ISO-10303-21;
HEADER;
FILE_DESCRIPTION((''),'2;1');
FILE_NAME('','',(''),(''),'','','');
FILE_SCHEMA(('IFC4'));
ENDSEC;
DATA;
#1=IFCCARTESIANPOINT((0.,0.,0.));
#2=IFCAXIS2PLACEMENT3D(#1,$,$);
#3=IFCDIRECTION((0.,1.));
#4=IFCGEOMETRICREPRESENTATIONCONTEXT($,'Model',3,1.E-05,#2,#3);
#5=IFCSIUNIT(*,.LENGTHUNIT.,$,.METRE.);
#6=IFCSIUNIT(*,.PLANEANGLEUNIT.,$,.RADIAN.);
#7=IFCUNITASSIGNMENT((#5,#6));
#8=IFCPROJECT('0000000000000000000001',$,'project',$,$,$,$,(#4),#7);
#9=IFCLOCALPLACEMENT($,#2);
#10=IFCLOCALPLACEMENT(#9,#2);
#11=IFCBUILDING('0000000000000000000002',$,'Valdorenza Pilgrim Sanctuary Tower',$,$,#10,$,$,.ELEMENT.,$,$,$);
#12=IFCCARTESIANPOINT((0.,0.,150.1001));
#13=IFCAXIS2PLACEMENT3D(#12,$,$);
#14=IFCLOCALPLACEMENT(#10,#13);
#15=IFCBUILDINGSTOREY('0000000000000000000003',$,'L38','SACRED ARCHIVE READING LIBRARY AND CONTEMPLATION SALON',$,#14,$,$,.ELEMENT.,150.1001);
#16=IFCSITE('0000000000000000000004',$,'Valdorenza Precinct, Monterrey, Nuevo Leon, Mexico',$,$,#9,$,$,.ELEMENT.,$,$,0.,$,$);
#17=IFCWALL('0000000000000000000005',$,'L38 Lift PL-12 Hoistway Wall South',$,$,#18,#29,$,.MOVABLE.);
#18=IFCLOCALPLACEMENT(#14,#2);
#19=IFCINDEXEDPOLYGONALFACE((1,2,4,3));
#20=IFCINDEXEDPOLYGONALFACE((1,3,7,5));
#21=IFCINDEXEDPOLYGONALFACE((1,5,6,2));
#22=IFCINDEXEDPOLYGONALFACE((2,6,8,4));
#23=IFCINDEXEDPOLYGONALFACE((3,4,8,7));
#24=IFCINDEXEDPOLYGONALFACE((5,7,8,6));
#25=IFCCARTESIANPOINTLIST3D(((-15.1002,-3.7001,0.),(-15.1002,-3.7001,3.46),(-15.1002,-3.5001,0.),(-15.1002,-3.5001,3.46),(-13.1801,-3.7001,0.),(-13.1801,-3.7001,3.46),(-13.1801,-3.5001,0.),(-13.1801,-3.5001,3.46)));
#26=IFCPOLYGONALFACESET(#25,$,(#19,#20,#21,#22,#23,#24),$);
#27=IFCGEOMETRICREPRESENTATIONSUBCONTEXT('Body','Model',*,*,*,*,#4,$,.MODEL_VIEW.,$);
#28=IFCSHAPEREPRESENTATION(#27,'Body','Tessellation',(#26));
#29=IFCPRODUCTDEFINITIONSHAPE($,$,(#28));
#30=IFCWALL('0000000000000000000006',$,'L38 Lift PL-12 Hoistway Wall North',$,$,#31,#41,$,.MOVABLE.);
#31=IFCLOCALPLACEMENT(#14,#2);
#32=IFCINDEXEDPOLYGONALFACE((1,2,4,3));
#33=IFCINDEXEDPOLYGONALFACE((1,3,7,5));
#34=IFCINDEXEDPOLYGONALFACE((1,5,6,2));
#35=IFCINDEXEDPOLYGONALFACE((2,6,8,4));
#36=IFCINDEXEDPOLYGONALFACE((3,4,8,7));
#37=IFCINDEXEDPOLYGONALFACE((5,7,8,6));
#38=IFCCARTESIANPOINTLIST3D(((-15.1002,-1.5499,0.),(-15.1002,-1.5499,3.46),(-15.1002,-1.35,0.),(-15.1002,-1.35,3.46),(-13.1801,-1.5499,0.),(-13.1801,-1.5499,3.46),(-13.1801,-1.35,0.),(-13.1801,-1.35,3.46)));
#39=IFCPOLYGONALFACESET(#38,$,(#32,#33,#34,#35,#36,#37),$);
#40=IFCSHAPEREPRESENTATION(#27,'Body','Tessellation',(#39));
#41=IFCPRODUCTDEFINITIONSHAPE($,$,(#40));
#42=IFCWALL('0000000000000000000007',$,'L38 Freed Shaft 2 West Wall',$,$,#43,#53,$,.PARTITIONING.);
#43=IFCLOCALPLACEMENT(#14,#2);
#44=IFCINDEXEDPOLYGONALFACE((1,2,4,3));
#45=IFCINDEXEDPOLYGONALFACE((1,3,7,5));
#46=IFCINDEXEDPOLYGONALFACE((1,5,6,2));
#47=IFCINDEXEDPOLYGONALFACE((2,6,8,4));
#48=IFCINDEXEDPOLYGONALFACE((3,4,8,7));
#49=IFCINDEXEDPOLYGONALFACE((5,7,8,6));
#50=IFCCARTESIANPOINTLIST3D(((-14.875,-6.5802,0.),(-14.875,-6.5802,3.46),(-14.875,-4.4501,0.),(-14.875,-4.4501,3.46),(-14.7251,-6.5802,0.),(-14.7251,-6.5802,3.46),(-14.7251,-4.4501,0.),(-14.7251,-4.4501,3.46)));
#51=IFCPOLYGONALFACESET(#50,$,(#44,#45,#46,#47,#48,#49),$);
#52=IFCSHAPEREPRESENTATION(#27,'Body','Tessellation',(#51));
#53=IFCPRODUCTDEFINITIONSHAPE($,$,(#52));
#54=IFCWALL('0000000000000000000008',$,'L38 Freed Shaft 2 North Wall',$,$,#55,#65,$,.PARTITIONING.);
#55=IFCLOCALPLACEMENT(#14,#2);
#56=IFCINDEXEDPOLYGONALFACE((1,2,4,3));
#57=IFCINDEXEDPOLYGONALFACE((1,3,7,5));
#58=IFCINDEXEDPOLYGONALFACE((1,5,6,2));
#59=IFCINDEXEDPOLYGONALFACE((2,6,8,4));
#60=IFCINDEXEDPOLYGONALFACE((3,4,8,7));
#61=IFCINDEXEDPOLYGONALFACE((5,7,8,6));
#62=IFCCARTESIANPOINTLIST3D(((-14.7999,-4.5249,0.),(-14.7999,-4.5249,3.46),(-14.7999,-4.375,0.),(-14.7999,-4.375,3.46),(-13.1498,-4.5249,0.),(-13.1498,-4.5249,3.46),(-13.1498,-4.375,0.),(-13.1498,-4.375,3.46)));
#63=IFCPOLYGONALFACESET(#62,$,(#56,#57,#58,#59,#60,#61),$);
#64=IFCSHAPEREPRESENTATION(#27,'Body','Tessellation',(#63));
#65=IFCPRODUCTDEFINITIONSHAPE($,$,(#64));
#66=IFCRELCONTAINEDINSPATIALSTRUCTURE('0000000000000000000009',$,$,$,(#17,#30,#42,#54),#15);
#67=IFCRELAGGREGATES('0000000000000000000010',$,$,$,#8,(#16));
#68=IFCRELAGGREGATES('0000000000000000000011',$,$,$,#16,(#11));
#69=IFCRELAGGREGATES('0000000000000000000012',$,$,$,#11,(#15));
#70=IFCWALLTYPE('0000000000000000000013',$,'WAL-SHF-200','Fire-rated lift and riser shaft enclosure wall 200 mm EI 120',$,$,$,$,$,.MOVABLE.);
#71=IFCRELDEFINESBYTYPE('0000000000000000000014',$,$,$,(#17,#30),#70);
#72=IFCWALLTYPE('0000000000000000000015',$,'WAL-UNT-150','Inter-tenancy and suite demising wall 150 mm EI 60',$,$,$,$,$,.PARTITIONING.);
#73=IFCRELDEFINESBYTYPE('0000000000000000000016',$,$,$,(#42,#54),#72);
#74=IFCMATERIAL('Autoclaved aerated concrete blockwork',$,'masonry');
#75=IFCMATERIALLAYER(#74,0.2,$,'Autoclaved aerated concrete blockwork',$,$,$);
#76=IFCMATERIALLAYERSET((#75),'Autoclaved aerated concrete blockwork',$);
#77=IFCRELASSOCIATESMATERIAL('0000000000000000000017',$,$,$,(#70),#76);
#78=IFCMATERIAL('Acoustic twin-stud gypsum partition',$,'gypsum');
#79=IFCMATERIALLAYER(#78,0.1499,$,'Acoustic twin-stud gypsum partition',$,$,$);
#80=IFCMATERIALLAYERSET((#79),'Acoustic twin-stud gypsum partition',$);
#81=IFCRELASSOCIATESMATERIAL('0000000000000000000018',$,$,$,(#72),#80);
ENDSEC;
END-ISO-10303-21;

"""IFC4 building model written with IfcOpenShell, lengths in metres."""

from ifc_helpers import new_model, si_unit, direction, frame, frame_2d, origin, place, context, subcontext, project, spatial, rectangle, extrude, material, layer, layer_set, type_object, element, save


model = new_model("IFC4")

# Units and contexts
model_context = context("Model", 3, precision=1e-05, world=origin(), true_north=direction((0.0, 1.0)))
body_context = subcontext(model_context, "Body", "Model", "MODEL_VIEW")
ifc_project = project(units=[si_unit("LENGTHUNIT", "METRE"), si_unit("PLANEANGLEUNIT", "RADIAN")], contexts=[model_context])

# Site, building, storey
site_placement = place(None, origin())
site = spatial("IfcSite", under=ifc_project, at=site_placement, Name="Valdorenza Precinct, Monterrey, Nuevo Leon, Mexico", CompositionType="ELEMENT", RefElevation=0.0)
building_placement = place(site_placement, origin())
building = spatial("IfcBuilding", under=site, at=building_placement, Name="Valdorenza Pilgrim Sanctuary Tower", CompositionType="ELEMENT")
storey_placement = place(building_placement, frame((0.0, 0.0, 150.1001)))
storey = spatial("IfcBuildingStorey", under=building, at=storey_placement, Name="L38", Description="SACRED ARCHIVE READING LIBRARY AND CONTEMPLATION SALON", CompositionType="ELEMENT", Elevation=150.1001)

# Shared definitions
ifc_material_1 = material(Name="Acoustic twin-stud gypsum partition", Category="gypsum")

# Shared definitions
ifc_material_2 = material(Name="Autoclaved aerated concrete blockwork", Category="masonry")
ifc_layer_1 = layer(ifc_material_2, 0.2, Name="Autoclaved aerated concrete blockwork")
ifc_layer_set_1 = layer_set([ifc_layer_1], Name="Autoclaved aerated concrete blockwork")
wall_type_1 = type_object("IfcWallType", Name="WAL-SHF-200", Description="Fire-rated lift and riser shaft enclosure wall 200 mm EI 120", PredefinedType="MOVABLE", material=ifc_layer_set_1)

# Walls
for number, where, z_axis, x_axis, name in (
    (1, (-15.1001, -3.6001, 0.0), (0.0, 0.0, 1.0), (1.0, 0.0, 0.0), "L38 Lift PL-12 Hoistway Wall South"),
    (2, (-15.1001, -1.45, 0.0), (0.0, 0.0, 1.0), (1.0, 0.0, 0.0), "L38 Lift PL-12 Hoistway Wall North"),
):
    element("IfcWall", number, at=place(storey_placement, frame(where, z_axis=z_axis, x_axis=x_axis)), inside=storey, type_object=wall_type_1, Name=name, PredefinedType="MOVABLE", context=body_context, shape_type="SweptSolid", body=[
        extrude(rectangle(XDim=1.9202, YDim=0.2, at=frame_2d((0.96, 0.0))), origin(), (0.0, 0.0, 1.0), 3.46),
    ])
ifc_layer_2 = layer(ifc_material_1, 0.1499, Name="Acoustic twin-stud gypsum partition")
ifc_layer_set_2 = layer_set([ifc_layer_2], Name="Acoustic twin-stud gypsum partition")
wall_type_2 = type_object("IfcWallType", Name="WAL-UNT-150", Description="Inter-tenancy and suite demising wall 150 mm EI 60", PredefinedType="PARTITIONING", material=ifc_layer_set_2)
wall_1_placement = place(storey_placement, frame((-14.8, -6.5801, 0.0), z_axis=(0.0, 0.0, 1.0), x_axis=(0.0, 1.0, 0.0)))
element("IfcWall", 3, at=wall_1_placement, inside=storey, type_object=wall_type_2, Name="L38 Freed Shaft 2 West Wall", PredefinedType="PARTITIONING", context=body_context, shape_type="SweptSolid", body=[
    extrude(rectangle(XDim=2.1301, YDim=0.1499, at=frame_2d((1.0649, 0.0))), origin(), (0.0, 0.0, 1.0), 3.46),
])
wall_2_placement = place(storey_placement, frame((-14.8, -4.45, 0.0), z_axis=(0.0, 0.0, 1.0), x_axis=(1.0, 0.0, 0.0)))
element("IfcWall", 4, at=wall_2_placement, inside=storey, type_object=wall_type_2, Name="L38 Freed Shaft 2 North Wall", PredefinedType="PARTITIONING", context=body_context, shape_type="SweptSolid", body=[
    extrude(rectangle(XDim=1.6501, YDim=0.1499, at=frame_2d((0.8252, 0.0))), origin(), (0.0, 0.0, 1.0), 3.46),
])

save(model, "model.ifc")
